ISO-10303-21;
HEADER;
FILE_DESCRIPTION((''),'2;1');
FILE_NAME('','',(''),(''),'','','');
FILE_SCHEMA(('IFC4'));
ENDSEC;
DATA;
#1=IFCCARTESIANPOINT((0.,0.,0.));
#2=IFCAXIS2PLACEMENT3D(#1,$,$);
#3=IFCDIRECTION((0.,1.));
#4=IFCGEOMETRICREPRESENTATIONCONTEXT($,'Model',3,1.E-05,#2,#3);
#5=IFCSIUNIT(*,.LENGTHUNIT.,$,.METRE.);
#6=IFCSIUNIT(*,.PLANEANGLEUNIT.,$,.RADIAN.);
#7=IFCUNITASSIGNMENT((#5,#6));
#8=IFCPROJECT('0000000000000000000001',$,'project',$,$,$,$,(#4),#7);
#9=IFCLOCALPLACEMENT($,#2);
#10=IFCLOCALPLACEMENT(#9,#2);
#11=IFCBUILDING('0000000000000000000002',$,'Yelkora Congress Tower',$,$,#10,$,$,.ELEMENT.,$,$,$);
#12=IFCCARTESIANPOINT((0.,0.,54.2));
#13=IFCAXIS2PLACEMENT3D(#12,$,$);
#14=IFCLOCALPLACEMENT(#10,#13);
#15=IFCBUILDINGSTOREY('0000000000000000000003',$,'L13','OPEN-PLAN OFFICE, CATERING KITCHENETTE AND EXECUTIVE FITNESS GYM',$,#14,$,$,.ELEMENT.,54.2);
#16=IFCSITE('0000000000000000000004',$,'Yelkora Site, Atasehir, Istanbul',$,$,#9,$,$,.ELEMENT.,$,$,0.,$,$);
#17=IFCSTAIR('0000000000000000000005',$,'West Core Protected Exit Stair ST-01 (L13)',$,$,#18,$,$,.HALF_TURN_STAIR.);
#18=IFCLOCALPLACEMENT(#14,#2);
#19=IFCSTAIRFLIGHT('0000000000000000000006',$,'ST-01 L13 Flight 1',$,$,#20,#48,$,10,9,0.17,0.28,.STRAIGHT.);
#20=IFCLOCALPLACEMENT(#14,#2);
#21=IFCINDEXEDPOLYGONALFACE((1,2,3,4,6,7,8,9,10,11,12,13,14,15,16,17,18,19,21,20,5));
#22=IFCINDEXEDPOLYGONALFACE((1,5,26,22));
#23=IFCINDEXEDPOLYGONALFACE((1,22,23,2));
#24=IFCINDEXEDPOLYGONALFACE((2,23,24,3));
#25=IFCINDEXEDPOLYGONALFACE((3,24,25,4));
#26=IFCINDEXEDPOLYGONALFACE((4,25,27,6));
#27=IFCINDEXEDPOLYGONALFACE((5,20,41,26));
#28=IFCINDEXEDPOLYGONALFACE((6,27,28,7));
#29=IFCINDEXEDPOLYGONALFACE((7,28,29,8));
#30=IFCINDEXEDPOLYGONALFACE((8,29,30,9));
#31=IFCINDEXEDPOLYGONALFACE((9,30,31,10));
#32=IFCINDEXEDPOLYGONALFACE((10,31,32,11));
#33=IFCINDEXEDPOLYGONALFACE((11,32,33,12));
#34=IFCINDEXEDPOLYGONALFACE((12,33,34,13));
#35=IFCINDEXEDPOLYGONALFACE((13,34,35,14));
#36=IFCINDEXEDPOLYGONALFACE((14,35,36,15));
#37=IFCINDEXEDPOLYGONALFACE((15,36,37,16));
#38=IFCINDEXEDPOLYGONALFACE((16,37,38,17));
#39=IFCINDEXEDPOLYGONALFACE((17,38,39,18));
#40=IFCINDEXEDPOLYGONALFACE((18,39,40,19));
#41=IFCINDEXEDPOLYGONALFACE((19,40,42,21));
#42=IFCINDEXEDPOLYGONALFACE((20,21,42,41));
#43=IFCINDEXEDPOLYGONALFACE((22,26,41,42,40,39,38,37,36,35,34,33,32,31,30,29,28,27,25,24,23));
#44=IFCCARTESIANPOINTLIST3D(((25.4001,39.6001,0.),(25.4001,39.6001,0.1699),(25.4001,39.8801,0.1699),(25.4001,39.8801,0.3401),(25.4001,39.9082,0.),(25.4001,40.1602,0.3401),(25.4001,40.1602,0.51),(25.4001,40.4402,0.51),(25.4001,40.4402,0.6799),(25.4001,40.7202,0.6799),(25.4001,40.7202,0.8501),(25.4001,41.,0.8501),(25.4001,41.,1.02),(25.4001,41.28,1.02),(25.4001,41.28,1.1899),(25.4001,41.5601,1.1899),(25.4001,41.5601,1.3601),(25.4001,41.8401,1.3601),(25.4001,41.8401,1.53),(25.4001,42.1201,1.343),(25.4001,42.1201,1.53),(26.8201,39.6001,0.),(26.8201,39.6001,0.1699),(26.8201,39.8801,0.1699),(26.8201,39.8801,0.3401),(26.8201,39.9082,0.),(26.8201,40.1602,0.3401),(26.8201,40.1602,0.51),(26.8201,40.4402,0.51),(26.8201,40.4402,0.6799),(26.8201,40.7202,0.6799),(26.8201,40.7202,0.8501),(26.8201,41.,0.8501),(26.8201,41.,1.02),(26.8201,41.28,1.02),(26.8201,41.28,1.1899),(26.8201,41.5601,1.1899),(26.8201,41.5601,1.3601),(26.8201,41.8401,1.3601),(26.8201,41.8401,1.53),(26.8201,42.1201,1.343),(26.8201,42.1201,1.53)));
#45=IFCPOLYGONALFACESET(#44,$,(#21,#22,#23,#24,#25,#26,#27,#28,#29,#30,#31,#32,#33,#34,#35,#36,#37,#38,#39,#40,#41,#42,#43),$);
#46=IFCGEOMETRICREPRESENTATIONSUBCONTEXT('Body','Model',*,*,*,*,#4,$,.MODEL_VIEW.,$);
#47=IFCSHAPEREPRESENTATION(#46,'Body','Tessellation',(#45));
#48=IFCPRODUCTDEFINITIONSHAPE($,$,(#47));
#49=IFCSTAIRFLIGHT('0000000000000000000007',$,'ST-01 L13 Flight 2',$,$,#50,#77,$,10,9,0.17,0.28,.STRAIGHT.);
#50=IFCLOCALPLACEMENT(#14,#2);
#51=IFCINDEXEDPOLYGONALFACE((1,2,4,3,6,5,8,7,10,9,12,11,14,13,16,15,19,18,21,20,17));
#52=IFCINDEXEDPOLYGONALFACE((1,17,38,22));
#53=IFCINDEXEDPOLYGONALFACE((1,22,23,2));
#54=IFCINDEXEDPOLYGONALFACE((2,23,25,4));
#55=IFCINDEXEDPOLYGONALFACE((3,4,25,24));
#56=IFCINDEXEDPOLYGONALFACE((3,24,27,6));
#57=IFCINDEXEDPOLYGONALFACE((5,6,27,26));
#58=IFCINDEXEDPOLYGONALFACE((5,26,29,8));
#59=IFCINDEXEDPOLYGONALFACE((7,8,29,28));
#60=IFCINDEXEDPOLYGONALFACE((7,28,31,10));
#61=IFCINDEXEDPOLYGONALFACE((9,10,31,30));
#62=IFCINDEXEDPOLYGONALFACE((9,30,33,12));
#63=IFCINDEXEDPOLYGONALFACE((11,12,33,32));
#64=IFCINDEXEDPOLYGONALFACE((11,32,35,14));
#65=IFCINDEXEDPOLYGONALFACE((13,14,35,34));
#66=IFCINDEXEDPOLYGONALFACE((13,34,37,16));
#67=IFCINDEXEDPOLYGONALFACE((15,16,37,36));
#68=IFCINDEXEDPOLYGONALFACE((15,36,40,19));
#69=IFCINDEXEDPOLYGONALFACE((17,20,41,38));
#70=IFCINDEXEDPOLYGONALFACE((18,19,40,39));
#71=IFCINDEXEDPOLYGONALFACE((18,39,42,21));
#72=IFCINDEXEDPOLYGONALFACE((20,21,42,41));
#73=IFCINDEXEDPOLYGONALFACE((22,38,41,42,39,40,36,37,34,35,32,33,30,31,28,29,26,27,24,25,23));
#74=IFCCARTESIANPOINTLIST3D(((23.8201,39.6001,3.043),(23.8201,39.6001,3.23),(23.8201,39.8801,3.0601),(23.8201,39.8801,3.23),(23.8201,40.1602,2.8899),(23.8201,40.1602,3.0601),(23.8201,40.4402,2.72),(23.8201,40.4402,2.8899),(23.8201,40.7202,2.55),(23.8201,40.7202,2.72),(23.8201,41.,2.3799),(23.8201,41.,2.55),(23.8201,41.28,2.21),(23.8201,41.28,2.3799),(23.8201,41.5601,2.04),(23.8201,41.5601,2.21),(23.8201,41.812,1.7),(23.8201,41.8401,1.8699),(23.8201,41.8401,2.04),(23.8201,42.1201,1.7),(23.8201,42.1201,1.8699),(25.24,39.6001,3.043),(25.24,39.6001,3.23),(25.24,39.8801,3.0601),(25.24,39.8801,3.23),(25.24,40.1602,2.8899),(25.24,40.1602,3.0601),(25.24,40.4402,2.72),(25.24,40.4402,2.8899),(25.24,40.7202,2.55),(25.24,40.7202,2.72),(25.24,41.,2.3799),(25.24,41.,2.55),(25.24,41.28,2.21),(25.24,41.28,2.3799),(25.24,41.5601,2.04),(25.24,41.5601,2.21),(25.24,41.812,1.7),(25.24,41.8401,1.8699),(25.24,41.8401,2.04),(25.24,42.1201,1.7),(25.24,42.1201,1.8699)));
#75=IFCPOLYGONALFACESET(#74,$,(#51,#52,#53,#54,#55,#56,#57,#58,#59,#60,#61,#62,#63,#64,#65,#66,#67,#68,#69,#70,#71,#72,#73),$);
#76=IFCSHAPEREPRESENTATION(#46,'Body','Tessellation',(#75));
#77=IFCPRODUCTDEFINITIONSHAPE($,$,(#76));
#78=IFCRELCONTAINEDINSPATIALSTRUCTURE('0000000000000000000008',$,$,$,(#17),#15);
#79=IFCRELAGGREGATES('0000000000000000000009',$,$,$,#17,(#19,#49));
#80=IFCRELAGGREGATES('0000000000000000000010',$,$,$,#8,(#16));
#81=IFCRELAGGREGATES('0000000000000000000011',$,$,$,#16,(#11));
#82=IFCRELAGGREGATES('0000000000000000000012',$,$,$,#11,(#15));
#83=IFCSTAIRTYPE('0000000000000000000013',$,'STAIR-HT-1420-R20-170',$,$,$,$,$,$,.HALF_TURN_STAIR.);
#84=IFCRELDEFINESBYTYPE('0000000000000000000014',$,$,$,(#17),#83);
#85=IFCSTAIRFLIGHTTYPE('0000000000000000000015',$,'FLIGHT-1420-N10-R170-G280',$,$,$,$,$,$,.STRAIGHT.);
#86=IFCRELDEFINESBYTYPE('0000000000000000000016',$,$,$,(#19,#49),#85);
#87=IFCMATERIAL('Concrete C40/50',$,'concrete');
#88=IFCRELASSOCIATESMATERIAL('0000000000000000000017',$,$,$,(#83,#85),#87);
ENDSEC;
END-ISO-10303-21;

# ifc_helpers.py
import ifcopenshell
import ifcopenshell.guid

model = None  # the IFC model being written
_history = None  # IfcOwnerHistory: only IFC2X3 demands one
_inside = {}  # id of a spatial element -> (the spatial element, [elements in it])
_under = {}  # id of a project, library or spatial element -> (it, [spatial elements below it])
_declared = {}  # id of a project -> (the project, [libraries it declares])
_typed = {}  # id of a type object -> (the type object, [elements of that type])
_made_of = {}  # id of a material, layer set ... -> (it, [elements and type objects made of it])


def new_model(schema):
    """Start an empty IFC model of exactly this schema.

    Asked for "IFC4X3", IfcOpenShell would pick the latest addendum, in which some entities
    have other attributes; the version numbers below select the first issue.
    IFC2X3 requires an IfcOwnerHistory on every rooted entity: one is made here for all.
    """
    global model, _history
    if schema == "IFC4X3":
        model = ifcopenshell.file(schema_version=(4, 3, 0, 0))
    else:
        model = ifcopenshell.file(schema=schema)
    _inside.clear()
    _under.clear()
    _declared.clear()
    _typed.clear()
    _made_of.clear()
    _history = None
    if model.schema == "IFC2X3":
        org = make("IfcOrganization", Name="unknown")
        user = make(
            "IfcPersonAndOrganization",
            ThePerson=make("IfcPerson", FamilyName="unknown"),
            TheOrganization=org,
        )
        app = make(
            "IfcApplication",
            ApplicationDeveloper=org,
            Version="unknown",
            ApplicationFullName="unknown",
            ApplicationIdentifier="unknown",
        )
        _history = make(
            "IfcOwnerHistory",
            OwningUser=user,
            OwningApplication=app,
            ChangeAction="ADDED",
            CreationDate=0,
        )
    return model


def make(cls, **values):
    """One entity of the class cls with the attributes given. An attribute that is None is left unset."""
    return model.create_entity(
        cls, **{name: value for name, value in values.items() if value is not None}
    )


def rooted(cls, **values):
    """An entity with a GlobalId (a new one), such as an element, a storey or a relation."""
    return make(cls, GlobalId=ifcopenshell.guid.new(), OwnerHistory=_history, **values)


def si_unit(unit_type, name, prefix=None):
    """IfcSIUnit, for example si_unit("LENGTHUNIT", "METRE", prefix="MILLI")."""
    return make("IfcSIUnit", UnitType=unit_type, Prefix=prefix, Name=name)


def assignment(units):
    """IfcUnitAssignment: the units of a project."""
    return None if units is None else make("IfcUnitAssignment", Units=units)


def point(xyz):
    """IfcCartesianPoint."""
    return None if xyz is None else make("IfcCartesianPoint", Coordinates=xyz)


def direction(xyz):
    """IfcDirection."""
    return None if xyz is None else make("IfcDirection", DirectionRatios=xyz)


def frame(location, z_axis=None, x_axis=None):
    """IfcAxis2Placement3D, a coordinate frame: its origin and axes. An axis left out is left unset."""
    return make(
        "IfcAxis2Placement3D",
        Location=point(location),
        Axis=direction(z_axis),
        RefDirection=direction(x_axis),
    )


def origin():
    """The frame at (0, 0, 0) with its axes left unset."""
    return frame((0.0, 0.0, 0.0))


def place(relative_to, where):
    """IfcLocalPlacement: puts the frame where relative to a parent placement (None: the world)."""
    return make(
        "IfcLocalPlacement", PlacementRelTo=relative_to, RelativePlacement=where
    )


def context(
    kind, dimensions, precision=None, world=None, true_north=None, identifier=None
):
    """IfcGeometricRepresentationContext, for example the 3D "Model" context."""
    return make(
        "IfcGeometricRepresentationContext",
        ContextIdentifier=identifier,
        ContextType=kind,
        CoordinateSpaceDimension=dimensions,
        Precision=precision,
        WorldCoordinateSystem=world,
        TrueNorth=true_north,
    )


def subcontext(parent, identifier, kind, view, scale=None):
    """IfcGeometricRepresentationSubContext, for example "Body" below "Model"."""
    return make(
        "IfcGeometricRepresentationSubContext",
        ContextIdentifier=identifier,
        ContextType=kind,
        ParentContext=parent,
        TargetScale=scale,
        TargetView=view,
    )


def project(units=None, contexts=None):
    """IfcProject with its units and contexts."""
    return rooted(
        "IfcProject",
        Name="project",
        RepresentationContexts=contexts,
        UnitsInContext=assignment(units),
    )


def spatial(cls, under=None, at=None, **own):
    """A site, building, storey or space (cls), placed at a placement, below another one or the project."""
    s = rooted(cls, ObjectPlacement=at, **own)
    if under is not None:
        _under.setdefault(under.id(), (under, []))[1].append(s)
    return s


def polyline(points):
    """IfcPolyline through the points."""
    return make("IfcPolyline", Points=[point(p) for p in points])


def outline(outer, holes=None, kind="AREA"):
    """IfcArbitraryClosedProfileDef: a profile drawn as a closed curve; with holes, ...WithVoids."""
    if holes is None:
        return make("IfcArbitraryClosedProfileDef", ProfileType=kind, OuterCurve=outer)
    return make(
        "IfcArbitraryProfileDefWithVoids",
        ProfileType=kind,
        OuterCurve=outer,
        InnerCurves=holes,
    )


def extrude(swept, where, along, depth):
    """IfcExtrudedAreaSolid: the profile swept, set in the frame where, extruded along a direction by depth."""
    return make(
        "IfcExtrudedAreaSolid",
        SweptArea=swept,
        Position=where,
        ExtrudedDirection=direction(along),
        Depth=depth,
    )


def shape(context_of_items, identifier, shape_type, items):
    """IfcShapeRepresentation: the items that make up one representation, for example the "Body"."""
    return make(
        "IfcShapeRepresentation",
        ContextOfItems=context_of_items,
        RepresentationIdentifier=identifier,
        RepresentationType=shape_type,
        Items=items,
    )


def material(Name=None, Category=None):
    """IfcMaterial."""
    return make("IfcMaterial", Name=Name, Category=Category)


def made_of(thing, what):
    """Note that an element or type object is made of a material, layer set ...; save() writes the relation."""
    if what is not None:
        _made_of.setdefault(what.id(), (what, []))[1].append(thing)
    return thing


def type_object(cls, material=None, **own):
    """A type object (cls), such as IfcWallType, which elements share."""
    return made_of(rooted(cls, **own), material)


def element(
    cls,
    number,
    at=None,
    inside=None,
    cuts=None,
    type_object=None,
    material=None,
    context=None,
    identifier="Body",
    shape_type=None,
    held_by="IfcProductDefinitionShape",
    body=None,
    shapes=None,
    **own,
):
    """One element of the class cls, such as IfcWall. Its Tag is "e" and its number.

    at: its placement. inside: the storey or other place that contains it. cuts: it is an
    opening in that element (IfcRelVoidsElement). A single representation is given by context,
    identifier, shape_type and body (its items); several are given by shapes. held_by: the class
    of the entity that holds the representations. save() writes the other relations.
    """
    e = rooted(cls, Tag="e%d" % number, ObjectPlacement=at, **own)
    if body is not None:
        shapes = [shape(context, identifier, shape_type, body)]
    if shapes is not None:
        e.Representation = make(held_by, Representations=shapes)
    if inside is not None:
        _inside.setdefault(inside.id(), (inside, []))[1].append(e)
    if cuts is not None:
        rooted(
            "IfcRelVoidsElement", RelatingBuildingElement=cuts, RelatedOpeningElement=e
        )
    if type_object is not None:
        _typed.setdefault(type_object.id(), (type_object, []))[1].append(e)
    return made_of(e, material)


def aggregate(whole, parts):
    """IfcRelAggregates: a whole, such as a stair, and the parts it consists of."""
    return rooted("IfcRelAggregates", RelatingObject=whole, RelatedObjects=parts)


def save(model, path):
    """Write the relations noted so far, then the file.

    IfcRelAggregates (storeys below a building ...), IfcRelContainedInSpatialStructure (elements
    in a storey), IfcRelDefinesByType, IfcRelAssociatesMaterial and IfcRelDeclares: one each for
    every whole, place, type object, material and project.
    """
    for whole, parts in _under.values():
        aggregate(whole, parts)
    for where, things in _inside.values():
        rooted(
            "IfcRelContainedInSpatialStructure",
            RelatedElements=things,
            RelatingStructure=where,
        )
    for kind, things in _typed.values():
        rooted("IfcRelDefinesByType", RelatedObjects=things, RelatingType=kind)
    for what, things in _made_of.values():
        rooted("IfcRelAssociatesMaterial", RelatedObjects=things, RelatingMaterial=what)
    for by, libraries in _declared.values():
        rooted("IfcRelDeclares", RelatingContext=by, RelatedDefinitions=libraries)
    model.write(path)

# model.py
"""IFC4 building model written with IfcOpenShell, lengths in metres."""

from ifc_helpers import new_model, si_unit, direction, frame, origin, place, context, subcontext, project, spatial, polyline, outline, extrude, material, type_object, element, aggregate, save


model = new_model("IFC4")

# Units and contexts
model_context = context("Model", 3, precision=1e-05, world=origin(), true_north=direction((0.0, 1.0)))
body_context = subcontext(model_context, "Body", "Model", "MODEL_VIEW")
ifc_project = project(units=[si_unit("LENGTHUNIT", "METRE"), si_unit("PLANEANGLEUNIT", "RADIAN")], contexts=[model_context])

# Site, building, storey
site_placement = place(None, origin())
site = spatial("IfcSite", under=ifc_project, at=site_placement, Name="Yelkora Site, Atasehir, Istanbul", CompositionType="ELEMENT", RefElevation=0.0)
building_placement = place(site_placement, origin())
building = spatial("IfcBuilding", under=site, at=building_placement, Name="Yelkora Congress Tower", CompositionType="ELEMENT")
storey_placement = place(building_placement, frame((0.0, 0.0, 54.2)))
storey = spatial("IfcBuildingStorey", under=building, at=storey_placement, Name="L13", Description="OPEN-PLAN OFFICE, CATERING KITCHENETTE AND EXECUTIVE FITNESS GYM", CompositionType="ELEMENT", Elevation=54.2)

# Stair, stair flights
ifc_material_1 = material(Name="Concrete C40/50", Category="concrete")
stair_type = type_object("IfcStairType", Name="STAIR-HT-1420-R20-170", PredefinedType="HALF_TURN_STAIR", material=ifc_material_1)
stair_placement = place(storey_placement, origin())
stair = element("IfcStair", 1, at=stair_placement, inside=storey, type_object=stair_type, Name="West Core Protected Exit Stair ST-01 (L13)", PredefinedType="HALF_TURN_STAIR")
stair_flight_type = type_object("IfcStairFlightType", Name="FLIGHT-1420-N10-R170-G280", PredefinedType="STRAIGHT", material=ifc_material_1)
stair_flight_1_placement = place(storey_placement, frame((26.1101, 39.6001, 0.0), z_axis=(0.0, 0.0, 1.0), x_axis=(0.0, 1.0, 0.0)))
stair_flight_1 = element("IfcStairFlight", 2, at=stair_flight_1_placement, type_object=stair_flight_type, Name="ST-01 L13 Flight 1", NumberOfRisers=10, NumberOfTreads=9, PredefinedType="STRAIGHT", RiserHeight=0.17, TreadLength=0.28, context=body_context, shape_type="SweptSolid", body=[
    extrude(outline(polyline([(0.0, 0.0), (0.0, 0.1699), (0.28, 0.1699), (0.28, 0.3401), (0.5601, 0.3401), (0.5601, 0.51), (0.8401, 0.51), (0.8401, 0.6799), (1.1201, 0.6799), (1.1201, 0.8501), (1.3999, 0.8501), (1.3999, 1.02), (1.6799, 1.02), (1.6799, 1.1899), (1.96, 1.1899), (1.96, 1.3601), (2.24, 1.3601), (2.24, 1.53), (2.52, 1.53), (2.52, 1.7), (2.52, 1.343), (0.3081, 0.0), (0.0, 0.0)])), frame((0.0, 0.71, 0.0), z_axis=(0.0, -1.0, 0.0), x_axis=(1.0, 0.0, 0.0)), (0.0, 0.0, 1.0), 1.4199),
])
stair_flight_2_placement = place(storey_placement, frame((24.53, 42.1201, 1.7), z_axis=(0.0, 0.0, 1.0), x_axis=(0.0, -1.0, 0.0)))
stair_flight_2 = element("IfcStairFlight", 3, at=stair_flight_2_placement, type_object=stair_flight_type, Name="ST-01 L13 Flight 2", NumberOfRisers=10, NumberOfTreads=9, PredefinedType="STRAIGHT", RiserHeight=0.17, TreadLength=0.28, context=body_context, shape_type="SweptSolid", body=[
    extrude(outline(polyline([(0.0, 0.0), (0.0, 0.1699), (0.28, 0.1699), (0.28, 0.3401), (0.5601, 0.3401), (0.5601, 0.51), (0.8401, 0.51), (0.8401, 0.6799), (1.1201, 0.6799), (1.1201, 0.8501), (1.3999, 0.8501), (1.3999, 1.02), (1.6799, 1.02), (1.6799, 1.1899), (1.96, 1.1899), (1.96, 1.3601), (2.24, 1.3601), (2.24, 1.53), (2.52, 1.53), (2.52, 1.7), (2.52, 1.343), (0.3081, 0.0), (0.0, 0.0)])), frame((0.0, 0.71, 0.0), z_axis=(0.0, -1.0, 0.0), x_axis=(1.0, 0.0, 0.0)), (0.0, 0.0, 1.0), 1.4199),
])
aggregate(stair, [stair_flight_1, stair_flight_2])

save(model, "model.ifc")
